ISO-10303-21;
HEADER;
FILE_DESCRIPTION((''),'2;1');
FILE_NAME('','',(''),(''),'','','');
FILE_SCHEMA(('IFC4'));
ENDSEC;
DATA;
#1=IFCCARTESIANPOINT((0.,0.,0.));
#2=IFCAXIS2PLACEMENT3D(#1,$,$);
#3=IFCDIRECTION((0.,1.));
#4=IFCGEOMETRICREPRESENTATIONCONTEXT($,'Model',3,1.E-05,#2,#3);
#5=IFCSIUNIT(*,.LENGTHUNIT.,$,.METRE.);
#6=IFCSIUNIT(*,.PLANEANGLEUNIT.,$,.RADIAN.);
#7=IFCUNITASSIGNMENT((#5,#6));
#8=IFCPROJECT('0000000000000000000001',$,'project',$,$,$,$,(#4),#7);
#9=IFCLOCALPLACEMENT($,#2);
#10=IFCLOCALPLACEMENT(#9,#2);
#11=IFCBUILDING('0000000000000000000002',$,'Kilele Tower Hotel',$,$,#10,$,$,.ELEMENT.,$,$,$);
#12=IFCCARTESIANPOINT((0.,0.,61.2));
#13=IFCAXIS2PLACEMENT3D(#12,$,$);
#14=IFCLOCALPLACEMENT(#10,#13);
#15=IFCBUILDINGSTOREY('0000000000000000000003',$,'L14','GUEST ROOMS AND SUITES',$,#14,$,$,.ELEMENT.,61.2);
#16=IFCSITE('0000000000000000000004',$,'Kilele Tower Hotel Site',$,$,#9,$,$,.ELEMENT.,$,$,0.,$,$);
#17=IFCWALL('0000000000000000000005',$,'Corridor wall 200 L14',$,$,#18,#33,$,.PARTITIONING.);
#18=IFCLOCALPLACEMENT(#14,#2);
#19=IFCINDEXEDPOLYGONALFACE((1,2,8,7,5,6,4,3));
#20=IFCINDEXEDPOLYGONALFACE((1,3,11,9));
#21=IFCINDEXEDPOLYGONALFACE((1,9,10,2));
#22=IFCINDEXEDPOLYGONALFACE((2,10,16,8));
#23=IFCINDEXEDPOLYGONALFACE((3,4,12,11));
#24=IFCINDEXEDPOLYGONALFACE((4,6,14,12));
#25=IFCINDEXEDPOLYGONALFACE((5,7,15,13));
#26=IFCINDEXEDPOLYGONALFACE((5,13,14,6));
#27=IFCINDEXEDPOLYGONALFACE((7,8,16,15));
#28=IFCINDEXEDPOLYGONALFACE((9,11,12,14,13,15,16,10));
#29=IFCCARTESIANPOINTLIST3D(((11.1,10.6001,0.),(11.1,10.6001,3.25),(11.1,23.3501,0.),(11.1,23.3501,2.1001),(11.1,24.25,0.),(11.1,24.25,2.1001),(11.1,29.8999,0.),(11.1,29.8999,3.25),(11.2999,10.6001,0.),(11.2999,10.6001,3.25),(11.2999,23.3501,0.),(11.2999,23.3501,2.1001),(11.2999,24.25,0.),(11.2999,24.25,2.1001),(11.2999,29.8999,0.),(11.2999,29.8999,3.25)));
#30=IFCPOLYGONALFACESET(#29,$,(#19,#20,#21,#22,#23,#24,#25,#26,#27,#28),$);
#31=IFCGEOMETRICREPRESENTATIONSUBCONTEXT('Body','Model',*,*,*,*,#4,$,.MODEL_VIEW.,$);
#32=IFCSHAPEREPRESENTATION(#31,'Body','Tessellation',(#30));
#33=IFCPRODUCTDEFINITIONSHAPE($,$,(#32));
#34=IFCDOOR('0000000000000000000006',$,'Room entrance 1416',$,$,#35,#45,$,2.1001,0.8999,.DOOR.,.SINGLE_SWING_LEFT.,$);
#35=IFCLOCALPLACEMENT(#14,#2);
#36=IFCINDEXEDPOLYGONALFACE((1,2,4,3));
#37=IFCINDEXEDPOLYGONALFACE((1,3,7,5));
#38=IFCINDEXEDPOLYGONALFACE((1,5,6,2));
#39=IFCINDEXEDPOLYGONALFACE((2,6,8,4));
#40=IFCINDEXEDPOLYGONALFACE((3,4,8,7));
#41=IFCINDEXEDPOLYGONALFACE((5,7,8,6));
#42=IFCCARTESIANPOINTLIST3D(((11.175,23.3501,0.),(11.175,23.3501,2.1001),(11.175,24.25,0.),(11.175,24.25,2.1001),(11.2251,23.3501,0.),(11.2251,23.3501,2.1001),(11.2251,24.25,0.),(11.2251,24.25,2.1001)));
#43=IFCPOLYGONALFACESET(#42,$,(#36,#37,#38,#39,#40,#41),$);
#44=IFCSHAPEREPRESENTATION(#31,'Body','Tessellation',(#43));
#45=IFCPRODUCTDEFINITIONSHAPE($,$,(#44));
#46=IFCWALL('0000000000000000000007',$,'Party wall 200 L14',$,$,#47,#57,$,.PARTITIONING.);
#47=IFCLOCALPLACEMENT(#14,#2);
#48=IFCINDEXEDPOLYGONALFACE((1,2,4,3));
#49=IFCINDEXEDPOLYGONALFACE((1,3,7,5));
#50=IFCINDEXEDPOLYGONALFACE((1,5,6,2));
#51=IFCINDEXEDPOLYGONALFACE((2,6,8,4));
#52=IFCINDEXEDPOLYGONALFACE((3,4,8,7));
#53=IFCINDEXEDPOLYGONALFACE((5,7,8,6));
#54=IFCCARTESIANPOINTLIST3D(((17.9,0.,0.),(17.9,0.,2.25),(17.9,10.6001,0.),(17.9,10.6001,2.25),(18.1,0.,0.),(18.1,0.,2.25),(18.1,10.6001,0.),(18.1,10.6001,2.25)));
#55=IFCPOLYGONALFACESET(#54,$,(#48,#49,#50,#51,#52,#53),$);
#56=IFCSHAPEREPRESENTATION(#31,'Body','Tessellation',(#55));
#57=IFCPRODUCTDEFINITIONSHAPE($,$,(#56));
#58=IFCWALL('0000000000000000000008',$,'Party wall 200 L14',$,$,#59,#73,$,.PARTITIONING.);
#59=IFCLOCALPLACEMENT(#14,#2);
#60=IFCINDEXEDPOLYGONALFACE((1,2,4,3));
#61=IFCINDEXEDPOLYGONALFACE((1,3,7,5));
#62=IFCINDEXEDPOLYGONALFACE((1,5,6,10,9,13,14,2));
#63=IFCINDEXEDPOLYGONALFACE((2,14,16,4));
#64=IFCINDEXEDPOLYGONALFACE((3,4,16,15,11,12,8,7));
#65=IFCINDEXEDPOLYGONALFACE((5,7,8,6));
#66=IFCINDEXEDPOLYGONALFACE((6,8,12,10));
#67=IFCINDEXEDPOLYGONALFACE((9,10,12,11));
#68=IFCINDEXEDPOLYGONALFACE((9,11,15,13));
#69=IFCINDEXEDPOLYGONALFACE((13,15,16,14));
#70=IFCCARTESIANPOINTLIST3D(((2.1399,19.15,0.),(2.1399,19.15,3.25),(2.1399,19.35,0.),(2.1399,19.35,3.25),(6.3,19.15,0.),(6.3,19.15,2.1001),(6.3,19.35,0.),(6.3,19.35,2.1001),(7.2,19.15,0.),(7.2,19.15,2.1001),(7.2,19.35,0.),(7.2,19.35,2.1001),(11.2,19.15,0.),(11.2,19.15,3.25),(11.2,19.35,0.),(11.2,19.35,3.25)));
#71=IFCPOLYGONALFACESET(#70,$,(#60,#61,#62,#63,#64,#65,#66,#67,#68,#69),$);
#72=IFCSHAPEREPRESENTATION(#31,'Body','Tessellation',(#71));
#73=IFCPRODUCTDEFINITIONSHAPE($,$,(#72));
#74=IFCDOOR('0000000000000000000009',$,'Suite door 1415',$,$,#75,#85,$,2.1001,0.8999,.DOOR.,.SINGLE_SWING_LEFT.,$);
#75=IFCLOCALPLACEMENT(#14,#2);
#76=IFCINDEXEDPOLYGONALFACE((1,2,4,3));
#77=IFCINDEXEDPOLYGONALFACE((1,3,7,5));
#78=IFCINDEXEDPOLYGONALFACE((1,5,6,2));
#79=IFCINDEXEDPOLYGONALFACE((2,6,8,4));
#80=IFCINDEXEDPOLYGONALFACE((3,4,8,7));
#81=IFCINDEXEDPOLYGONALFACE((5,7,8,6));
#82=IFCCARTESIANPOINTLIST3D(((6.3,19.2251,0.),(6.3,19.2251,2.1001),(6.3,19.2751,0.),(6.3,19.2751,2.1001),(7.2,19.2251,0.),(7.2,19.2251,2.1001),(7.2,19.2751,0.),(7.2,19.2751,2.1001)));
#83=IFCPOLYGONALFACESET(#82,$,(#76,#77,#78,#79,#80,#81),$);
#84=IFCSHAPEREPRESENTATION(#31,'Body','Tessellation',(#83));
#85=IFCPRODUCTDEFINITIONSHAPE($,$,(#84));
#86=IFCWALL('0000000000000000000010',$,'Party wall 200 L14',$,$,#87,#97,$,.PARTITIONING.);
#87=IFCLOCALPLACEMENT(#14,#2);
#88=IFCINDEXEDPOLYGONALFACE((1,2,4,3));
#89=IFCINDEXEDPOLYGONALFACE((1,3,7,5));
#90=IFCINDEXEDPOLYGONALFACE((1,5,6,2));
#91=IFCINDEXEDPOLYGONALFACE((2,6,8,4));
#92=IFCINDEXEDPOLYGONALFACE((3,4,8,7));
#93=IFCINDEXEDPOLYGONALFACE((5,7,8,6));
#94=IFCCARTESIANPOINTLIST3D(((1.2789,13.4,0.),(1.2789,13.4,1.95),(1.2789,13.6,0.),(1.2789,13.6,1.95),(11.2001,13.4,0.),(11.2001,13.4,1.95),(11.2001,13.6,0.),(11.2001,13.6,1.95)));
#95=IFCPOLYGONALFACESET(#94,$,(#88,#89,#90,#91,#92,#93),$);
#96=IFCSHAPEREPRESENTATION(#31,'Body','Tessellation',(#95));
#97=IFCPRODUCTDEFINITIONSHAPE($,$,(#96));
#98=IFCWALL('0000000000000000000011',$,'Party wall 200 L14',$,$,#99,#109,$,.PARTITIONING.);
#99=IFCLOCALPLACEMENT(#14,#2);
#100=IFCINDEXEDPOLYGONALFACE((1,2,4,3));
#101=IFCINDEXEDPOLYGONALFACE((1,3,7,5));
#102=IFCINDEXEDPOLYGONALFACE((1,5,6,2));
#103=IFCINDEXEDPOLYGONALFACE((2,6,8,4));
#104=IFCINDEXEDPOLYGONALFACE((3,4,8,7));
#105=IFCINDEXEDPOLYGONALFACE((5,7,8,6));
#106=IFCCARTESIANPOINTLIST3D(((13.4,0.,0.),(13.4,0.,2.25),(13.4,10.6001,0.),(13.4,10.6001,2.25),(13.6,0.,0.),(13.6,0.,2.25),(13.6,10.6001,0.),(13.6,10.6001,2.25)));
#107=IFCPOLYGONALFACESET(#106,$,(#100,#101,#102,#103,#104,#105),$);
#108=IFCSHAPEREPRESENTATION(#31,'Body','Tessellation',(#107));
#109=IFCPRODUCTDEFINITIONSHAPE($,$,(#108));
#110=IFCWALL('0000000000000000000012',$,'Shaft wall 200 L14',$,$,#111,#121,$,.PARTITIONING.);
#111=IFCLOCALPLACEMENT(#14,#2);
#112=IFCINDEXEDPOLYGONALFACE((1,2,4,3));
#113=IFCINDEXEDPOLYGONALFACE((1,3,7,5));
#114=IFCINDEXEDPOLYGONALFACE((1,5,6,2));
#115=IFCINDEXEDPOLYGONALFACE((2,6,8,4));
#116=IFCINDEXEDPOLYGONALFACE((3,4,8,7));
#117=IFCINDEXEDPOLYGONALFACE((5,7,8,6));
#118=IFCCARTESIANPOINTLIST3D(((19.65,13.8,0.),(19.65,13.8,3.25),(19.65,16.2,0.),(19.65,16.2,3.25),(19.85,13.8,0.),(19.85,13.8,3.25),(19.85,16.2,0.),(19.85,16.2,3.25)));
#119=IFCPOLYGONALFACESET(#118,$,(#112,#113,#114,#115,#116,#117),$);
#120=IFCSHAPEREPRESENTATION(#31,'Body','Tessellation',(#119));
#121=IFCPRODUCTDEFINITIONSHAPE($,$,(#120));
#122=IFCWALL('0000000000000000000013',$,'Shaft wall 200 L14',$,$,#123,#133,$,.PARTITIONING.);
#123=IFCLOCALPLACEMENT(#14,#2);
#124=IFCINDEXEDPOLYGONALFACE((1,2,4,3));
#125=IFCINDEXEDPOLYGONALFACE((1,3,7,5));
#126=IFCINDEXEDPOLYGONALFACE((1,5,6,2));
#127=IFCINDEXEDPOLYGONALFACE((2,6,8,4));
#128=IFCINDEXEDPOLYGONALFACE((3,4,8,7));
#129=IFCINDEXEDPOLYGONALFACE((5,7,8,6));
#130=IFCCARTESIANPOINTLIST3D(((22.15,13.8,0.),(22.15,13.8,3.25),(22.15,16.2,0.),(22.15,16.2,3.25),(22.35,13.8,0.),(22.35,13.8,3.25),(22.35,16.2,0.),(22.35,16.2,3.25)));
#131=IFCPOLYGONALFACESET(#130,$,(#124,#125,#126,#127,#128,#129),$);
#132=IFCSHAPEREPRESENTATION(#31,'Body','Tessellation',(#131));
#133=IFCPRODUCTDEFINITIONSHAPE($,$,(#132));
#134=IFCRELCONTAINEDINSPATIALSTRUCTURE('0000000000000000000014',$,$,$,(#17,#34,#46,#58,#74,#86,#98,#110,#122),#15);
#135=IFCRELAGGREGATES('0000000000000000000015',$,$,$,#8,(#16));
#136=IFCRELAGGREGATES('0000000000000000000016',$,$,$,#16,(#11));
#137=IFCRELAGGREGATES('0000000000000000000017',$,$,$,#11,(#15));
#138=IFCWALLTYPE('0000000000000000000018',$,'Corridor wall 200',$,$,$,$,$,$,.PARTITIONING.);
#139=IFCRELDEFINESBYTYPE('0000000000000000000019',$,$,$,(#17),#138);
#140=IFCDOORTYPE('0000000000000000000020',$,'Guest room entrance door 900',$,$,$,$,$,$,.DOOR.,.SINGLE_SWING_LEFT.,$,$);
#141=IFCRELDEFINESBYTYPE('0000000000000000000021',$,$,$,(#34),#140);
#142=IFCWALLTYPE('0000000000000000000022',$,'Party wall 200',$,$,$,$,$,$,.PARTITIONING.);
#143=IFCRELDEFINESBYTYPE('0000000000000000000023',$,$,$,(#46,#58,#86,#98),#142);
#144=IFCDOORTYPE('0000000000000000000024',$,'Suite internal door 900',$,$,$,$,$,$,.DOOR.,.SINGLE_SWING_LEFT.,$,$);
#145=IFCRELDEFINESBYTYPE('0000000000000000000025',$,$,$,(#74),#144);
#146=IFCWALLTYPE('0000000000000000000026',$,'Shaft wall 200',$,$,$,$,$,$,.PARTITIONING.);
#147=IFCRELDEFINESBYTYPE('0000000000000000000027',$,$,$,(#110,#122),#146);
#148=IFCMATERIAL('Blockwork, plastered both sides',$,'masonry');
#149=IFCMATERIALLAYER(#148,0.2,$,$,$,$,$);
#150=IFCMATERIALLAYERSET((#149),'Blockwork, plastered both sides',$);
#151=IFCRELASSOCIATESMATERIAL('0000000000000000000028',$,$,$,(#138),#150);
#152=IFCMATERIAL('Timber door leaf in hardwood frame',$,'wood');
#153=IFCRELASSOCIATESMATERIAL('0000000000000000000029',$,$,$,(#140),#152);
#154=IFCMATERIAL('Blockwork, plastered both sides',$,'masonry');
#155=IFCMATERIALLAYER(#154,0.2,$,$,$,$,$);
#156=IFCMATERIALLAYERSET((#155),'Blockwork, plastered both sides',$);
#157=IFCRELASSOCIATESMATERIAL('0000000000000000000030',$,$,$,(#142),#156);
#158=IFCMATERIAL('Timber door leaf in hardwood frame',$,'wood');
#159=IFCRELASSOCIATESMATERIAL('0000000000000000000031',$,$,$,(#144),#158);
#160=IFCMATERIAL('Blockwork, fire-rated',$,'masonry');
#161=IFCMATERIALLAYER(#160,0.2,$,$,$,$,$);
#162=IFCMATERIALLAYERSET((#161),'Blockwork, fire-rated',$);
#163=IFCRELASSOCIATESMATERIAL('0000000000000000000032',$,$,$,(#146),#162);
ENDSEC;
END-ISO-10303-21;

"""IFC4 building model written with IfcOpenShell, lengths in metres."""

from ifc_helpers import new_model, si_unit, direction, frame, frame_2d, origin, place, context, subcontext, project, spatial, rectangle, extrude, material, layer, layer_set, type_object, element, fill, save


model = new_model("IFC4")

# Units and contexts
model_context = context("Model", 3, precision=1e-05, world=origin(), true_north=direction((0.0, 1.0)))
body_context = subcontext(model_context, "Body", "Model", "MODEL_VIEW")
ifc_project = project(units=[si_unit("LENGTHUNIT", "METRE"), si_unit("PLANEANGLEUNIT", "RADIAN")], contexts=[model_context])

# Site, building, storey
site_placement = place(None, origin())
site = spatial("IfcSite", under=ifc_project, at=site_placement, Name="Kilele Tower Hotel Site", CompositionType="ELEMENT", RefElevation=0.0)
building_placement = place(site_placement, origin())
building = spatial("IfcBuilding", under=site, at=building_placement, Name="Kilele Tower Hotel", CompositionType="ELEMENT")
storey_placement = place(building_placement, frame((0.0, 0.0, 61.2)))
storey = spatial("IfcBuildingStorey", under=building, at=storey_placement, Name="L14", Description="GUEST ROOMS AND SUITES", CompositionType="ELEMENT", Elevation=61.2)

# Wall, opening, door
ifc_material_1 = material(Name="Blockwork, plastered both sides", Category="masonry")
ifc_layer_1 = layer(ifc_material_1, 0.2)
ifc_layer_set_1 = layer_set([ifc_layer_1], Name="Blockwork, plastered both sides")
wall_type_1 = type_object("IfcWallType", Name="Corridor wall 200", PredefinedType="PARTITIONING", material=ifc_layer_set_1)
wall_1_placement = place(storey_placement, frame((11.2, 10.6001, 0.0), z_axis=(0.0, 0.0, 1.0), x_axis=(0.0, 1.0, 0.0)))
wall_1 = element("IfcWall", 1, at=wall_1_placement, inside=storey, type_object=wall_type_1, Name="Corridor wall 200 L14", PredefinedType="PARTITIONING", context=body_context, shape_type="SweptSolid", body=[
    extrude(rectangle(XDim=19.2998, YDim=0.2, at=frame_2d((9.6499, 0.0))), origin(), (0.0, 0.0, 1.0), 3.25),
])
opening_1_placement = place(wall_1_placement, frame((12.75, 0.0, 0.0)))
opening_1 = element("IfcOpeningElement", 2, at=opening_1_placement, cuts=wall_1, PredefinedType="OPENING", context=body_context, shape_type="SweptSolid", body=[
    extrude(rectangle(XDim=0.8999, YDim=2.1001, at=frame_2d((0.45, 1.05))), frame((0.0, 0.1099, 0.0), z_axis=(0.0, -1.0, 0.0), x_axis=(1.0, 0.0, 0.0)), (0.0, 0.0, 1.0), 0.22),
])
ifc_material_2 = material(Name="Timber door leaf in hardwood frame", Category="wood")
door_type_1 = type_object("IfcDoorType", Name="Guest room entrance door 900", OperationType="SINGLE_SWING_LEFT", PredefinedType="DOOR", material=ifc_material_2)
door_1_placement = place(opening_1_placement, origin())
door_1 = element("IfcDoor", 3, at=door_1_placement, inside=storey, type_object=door_type_1, Name="Room entrance 1416", OperationType="SINGLE_SWING_LEFT", OverallHeight=2.1001, OverallWidth=0.8999, PredefinedType="DOOR", context=body_context, shape_type="SweptSolid", body=[
    extrude(rectangle(XDim=0.8999, YDim=2.1001, at=frame_2d((0.45, 1.05))), frame((0.0, 0.0249, 0.0), z_axis=(0.0, -1.0, 0.0), x_axis=(1.0, 0.0, 0.0)), (0.0, 0.0, 1.0), 0.05),
])
fill(opening_1, door_1)

# Wall
ifc_material_3 = material(Name="Blockwork, plastered both sides", Category="masonry")
ifc_layer_2 = layer(ifc_material_3, 0.2)
ifc_layer_set_2 = layer_set([ifc_layer_2], Name="Blockwork, plastered both sides")
wall_type_2 = type_object("IfcWallType", Name="Party wall 200", PredefinedType="PARTITIONING", material=ifc_layer_set_2)
wall_2_placement = place(storey_placement, frame((18.0, 10.6001, 0.0), z_axis=(0.0, 0.0, 1.0), x_axis=(0.0, -1.0, 0.0)))
element("IfcWall", 4, at=wall_2_placement, inside=storey, type_object=wall_type_2, Name="Party wall 200 L14", PredefinedType="PARTITIONING", context=body_context, shape_type="SweptSolid", body=[
    extrude(rectangle(XDim=10.6001, YDim=0.2, at=frame_2d((5.3, 0.0))), origin(), (0.0, 0.0, 1.0), 2.25),
])

# Wall, opening, door
wall_3_placement = place(storey_placement, frame((11.2, 19.25, 0.0), z_axis=(0.0, 0.0, 1.0), x_axis=(-1.0, 0.0, 0.0)))
wall_3 = element("IfcWall", 5, at=wall_3_placement, inside=storey, type_object=wall_type_2, Name="Party wall 200 L14", PredefinedType="PARTITIONING", context=body_context, shape_type="SweptSolid", body=[
    extrude(rectangle(XDim=9.0601, YDim=0.2, at=frame_2d((4.53, 0.0))), origin(), (0.0, 0.0, 1.0), 3.25),
])
opening_2_placement = place(wall_3_placement, frame((4.0, 0.0, 0.0)))
opening_2 = element("IfcOpeningElement", 6, at=opening_2_placement, cuts=wall_3, PredefinedType="OPENING", context=body_context, shape_type="SweptSolid", body=[
    extrude(rectangle(XDim=0.8999, YDim=2.1001, at=frame_2d((0.45, 1.05))), frame((0.0, 0.1099, 0.0), z_axis=(0.0, -1.0, 0.0), x_axis=(1.0, 0.0, 0.0)), (0.0, 0.0, 1.0), 0.22),
])
ifc_material_4 = material(Name="Timber door leaf in hardwood frame", Category="wood")
door_type_2 = type_object("IfcDoorType", Name="Suite internal door 900", OperationType="SINGLE_SWING_LEFT", PredefinedType="DOOR", material=ifc_material_4)
door_2_placement = place(opening_2_placement, origin())
door_2 = element("IfcDoor", 7, at=door_2_placement, inside=storey, type_object=door_type_2, Name="Suite door 1415", OperationType="SINGLE_SWING_LEFT", OverallHeight=2.1001, OverallWidth=0.8999, PredefinedType="DOOR", context=body_context, shape_type="SweptSolid", body=[
    extrude(rectangle(XDim=0.8999, YDim=2.1001, at=frame_2d((0.45, 1.05))), frame((0.0, 0.0249, 0.0), z_axis=(0.0, -1.0, 0.0), x_axis=(1.0, 0.0, 0.0)), (0.0, 0.0, 1.0), 0.05),
])
fill(opening_2, door_2)

# Walls
wall_4_placement = place(storey_placement, frame((11.2, 13.5, 0.0), z_axis=(0.0, 0.0, 1.0), x_axis=(-1.0, 0.0, 0.0)))
element("IfcWall", 8, at=wall_4_placement, inside=storey, type_object=wall_type_2, Name="Party wall 200 L14", PredefinedType="PARTITIONING", context=body_context, shape_type="SweptSolid", body=[
    extrude(rectangle(XDim=9.9211, YDim=0.2, at=frame_2d((4.9604, 0.0))), origin(), (0.0, 0.0, 1.0), 1.95),
])
wall_5_placement = place(storey_placement, frame((13.5, 10.6001, 0.0), z_axis=(0.0, 0.0, 1.0), x_axis=(0.0, -1.0, 0.0)))
element("IfcWall", 9, at=wall_5_placement, inside=storey, type_object=wall_type_2, Name="Party wall 200 L14", PredefinedType="PARTITIONING", context=body_context, shape_type="SweptSolid", body=[
    extrude(rectangle(XDim=10.6001, YDim=0.2, at=frame_2d((5.3, 0.0))), origin(), (0.0, 0.0, 1.0), 2.25),
])
ifc_material_5 = material(Name="Blockwork, fire-rated", Category="masonry")
ifc_layer_3 = layer(ifc_material_5, 0.2)
ifc_layer_set_3 = layer_set([ifc_layer_3], Name="Blockwork, fire-rated")
wall_type_3 = type_object("IfcWallType", Name="Shaft wall 200", PredefinedType="PARTITIONING", material=ifc_layer_set_3)
for number, where, z_axis, x_axis, name in (
    (10, (19.75, 13.8, 0.0), (0.0, 0.0, 1.0), (0.0, 1.0, 0.0), "Shaft wall 200 L14"),
    (11, (22.25, 13.8, 0.0), (0.0, 0.0, 1.0), (0.0, 1.0, 0.0), "Shaft wall 200 L14"),
):
    element("IfcWall", number, at=place(storey_placement, frame(where, z_axis=z_axis, x_axis=x_axis)), inside=storey, type_object=wall_type_3, Name=name, PredefinedType="PARTITIONING", context=body_context, shape_type="SweptSolid", body=[
        extrude(rectangle(XDim=2.3999, YDim=0.2, at=frame_2d((1.2, 0.0))), origin(), (0.0, 0.0, 1.0), 3.25),
    ])

save(model, "model.ifc")
